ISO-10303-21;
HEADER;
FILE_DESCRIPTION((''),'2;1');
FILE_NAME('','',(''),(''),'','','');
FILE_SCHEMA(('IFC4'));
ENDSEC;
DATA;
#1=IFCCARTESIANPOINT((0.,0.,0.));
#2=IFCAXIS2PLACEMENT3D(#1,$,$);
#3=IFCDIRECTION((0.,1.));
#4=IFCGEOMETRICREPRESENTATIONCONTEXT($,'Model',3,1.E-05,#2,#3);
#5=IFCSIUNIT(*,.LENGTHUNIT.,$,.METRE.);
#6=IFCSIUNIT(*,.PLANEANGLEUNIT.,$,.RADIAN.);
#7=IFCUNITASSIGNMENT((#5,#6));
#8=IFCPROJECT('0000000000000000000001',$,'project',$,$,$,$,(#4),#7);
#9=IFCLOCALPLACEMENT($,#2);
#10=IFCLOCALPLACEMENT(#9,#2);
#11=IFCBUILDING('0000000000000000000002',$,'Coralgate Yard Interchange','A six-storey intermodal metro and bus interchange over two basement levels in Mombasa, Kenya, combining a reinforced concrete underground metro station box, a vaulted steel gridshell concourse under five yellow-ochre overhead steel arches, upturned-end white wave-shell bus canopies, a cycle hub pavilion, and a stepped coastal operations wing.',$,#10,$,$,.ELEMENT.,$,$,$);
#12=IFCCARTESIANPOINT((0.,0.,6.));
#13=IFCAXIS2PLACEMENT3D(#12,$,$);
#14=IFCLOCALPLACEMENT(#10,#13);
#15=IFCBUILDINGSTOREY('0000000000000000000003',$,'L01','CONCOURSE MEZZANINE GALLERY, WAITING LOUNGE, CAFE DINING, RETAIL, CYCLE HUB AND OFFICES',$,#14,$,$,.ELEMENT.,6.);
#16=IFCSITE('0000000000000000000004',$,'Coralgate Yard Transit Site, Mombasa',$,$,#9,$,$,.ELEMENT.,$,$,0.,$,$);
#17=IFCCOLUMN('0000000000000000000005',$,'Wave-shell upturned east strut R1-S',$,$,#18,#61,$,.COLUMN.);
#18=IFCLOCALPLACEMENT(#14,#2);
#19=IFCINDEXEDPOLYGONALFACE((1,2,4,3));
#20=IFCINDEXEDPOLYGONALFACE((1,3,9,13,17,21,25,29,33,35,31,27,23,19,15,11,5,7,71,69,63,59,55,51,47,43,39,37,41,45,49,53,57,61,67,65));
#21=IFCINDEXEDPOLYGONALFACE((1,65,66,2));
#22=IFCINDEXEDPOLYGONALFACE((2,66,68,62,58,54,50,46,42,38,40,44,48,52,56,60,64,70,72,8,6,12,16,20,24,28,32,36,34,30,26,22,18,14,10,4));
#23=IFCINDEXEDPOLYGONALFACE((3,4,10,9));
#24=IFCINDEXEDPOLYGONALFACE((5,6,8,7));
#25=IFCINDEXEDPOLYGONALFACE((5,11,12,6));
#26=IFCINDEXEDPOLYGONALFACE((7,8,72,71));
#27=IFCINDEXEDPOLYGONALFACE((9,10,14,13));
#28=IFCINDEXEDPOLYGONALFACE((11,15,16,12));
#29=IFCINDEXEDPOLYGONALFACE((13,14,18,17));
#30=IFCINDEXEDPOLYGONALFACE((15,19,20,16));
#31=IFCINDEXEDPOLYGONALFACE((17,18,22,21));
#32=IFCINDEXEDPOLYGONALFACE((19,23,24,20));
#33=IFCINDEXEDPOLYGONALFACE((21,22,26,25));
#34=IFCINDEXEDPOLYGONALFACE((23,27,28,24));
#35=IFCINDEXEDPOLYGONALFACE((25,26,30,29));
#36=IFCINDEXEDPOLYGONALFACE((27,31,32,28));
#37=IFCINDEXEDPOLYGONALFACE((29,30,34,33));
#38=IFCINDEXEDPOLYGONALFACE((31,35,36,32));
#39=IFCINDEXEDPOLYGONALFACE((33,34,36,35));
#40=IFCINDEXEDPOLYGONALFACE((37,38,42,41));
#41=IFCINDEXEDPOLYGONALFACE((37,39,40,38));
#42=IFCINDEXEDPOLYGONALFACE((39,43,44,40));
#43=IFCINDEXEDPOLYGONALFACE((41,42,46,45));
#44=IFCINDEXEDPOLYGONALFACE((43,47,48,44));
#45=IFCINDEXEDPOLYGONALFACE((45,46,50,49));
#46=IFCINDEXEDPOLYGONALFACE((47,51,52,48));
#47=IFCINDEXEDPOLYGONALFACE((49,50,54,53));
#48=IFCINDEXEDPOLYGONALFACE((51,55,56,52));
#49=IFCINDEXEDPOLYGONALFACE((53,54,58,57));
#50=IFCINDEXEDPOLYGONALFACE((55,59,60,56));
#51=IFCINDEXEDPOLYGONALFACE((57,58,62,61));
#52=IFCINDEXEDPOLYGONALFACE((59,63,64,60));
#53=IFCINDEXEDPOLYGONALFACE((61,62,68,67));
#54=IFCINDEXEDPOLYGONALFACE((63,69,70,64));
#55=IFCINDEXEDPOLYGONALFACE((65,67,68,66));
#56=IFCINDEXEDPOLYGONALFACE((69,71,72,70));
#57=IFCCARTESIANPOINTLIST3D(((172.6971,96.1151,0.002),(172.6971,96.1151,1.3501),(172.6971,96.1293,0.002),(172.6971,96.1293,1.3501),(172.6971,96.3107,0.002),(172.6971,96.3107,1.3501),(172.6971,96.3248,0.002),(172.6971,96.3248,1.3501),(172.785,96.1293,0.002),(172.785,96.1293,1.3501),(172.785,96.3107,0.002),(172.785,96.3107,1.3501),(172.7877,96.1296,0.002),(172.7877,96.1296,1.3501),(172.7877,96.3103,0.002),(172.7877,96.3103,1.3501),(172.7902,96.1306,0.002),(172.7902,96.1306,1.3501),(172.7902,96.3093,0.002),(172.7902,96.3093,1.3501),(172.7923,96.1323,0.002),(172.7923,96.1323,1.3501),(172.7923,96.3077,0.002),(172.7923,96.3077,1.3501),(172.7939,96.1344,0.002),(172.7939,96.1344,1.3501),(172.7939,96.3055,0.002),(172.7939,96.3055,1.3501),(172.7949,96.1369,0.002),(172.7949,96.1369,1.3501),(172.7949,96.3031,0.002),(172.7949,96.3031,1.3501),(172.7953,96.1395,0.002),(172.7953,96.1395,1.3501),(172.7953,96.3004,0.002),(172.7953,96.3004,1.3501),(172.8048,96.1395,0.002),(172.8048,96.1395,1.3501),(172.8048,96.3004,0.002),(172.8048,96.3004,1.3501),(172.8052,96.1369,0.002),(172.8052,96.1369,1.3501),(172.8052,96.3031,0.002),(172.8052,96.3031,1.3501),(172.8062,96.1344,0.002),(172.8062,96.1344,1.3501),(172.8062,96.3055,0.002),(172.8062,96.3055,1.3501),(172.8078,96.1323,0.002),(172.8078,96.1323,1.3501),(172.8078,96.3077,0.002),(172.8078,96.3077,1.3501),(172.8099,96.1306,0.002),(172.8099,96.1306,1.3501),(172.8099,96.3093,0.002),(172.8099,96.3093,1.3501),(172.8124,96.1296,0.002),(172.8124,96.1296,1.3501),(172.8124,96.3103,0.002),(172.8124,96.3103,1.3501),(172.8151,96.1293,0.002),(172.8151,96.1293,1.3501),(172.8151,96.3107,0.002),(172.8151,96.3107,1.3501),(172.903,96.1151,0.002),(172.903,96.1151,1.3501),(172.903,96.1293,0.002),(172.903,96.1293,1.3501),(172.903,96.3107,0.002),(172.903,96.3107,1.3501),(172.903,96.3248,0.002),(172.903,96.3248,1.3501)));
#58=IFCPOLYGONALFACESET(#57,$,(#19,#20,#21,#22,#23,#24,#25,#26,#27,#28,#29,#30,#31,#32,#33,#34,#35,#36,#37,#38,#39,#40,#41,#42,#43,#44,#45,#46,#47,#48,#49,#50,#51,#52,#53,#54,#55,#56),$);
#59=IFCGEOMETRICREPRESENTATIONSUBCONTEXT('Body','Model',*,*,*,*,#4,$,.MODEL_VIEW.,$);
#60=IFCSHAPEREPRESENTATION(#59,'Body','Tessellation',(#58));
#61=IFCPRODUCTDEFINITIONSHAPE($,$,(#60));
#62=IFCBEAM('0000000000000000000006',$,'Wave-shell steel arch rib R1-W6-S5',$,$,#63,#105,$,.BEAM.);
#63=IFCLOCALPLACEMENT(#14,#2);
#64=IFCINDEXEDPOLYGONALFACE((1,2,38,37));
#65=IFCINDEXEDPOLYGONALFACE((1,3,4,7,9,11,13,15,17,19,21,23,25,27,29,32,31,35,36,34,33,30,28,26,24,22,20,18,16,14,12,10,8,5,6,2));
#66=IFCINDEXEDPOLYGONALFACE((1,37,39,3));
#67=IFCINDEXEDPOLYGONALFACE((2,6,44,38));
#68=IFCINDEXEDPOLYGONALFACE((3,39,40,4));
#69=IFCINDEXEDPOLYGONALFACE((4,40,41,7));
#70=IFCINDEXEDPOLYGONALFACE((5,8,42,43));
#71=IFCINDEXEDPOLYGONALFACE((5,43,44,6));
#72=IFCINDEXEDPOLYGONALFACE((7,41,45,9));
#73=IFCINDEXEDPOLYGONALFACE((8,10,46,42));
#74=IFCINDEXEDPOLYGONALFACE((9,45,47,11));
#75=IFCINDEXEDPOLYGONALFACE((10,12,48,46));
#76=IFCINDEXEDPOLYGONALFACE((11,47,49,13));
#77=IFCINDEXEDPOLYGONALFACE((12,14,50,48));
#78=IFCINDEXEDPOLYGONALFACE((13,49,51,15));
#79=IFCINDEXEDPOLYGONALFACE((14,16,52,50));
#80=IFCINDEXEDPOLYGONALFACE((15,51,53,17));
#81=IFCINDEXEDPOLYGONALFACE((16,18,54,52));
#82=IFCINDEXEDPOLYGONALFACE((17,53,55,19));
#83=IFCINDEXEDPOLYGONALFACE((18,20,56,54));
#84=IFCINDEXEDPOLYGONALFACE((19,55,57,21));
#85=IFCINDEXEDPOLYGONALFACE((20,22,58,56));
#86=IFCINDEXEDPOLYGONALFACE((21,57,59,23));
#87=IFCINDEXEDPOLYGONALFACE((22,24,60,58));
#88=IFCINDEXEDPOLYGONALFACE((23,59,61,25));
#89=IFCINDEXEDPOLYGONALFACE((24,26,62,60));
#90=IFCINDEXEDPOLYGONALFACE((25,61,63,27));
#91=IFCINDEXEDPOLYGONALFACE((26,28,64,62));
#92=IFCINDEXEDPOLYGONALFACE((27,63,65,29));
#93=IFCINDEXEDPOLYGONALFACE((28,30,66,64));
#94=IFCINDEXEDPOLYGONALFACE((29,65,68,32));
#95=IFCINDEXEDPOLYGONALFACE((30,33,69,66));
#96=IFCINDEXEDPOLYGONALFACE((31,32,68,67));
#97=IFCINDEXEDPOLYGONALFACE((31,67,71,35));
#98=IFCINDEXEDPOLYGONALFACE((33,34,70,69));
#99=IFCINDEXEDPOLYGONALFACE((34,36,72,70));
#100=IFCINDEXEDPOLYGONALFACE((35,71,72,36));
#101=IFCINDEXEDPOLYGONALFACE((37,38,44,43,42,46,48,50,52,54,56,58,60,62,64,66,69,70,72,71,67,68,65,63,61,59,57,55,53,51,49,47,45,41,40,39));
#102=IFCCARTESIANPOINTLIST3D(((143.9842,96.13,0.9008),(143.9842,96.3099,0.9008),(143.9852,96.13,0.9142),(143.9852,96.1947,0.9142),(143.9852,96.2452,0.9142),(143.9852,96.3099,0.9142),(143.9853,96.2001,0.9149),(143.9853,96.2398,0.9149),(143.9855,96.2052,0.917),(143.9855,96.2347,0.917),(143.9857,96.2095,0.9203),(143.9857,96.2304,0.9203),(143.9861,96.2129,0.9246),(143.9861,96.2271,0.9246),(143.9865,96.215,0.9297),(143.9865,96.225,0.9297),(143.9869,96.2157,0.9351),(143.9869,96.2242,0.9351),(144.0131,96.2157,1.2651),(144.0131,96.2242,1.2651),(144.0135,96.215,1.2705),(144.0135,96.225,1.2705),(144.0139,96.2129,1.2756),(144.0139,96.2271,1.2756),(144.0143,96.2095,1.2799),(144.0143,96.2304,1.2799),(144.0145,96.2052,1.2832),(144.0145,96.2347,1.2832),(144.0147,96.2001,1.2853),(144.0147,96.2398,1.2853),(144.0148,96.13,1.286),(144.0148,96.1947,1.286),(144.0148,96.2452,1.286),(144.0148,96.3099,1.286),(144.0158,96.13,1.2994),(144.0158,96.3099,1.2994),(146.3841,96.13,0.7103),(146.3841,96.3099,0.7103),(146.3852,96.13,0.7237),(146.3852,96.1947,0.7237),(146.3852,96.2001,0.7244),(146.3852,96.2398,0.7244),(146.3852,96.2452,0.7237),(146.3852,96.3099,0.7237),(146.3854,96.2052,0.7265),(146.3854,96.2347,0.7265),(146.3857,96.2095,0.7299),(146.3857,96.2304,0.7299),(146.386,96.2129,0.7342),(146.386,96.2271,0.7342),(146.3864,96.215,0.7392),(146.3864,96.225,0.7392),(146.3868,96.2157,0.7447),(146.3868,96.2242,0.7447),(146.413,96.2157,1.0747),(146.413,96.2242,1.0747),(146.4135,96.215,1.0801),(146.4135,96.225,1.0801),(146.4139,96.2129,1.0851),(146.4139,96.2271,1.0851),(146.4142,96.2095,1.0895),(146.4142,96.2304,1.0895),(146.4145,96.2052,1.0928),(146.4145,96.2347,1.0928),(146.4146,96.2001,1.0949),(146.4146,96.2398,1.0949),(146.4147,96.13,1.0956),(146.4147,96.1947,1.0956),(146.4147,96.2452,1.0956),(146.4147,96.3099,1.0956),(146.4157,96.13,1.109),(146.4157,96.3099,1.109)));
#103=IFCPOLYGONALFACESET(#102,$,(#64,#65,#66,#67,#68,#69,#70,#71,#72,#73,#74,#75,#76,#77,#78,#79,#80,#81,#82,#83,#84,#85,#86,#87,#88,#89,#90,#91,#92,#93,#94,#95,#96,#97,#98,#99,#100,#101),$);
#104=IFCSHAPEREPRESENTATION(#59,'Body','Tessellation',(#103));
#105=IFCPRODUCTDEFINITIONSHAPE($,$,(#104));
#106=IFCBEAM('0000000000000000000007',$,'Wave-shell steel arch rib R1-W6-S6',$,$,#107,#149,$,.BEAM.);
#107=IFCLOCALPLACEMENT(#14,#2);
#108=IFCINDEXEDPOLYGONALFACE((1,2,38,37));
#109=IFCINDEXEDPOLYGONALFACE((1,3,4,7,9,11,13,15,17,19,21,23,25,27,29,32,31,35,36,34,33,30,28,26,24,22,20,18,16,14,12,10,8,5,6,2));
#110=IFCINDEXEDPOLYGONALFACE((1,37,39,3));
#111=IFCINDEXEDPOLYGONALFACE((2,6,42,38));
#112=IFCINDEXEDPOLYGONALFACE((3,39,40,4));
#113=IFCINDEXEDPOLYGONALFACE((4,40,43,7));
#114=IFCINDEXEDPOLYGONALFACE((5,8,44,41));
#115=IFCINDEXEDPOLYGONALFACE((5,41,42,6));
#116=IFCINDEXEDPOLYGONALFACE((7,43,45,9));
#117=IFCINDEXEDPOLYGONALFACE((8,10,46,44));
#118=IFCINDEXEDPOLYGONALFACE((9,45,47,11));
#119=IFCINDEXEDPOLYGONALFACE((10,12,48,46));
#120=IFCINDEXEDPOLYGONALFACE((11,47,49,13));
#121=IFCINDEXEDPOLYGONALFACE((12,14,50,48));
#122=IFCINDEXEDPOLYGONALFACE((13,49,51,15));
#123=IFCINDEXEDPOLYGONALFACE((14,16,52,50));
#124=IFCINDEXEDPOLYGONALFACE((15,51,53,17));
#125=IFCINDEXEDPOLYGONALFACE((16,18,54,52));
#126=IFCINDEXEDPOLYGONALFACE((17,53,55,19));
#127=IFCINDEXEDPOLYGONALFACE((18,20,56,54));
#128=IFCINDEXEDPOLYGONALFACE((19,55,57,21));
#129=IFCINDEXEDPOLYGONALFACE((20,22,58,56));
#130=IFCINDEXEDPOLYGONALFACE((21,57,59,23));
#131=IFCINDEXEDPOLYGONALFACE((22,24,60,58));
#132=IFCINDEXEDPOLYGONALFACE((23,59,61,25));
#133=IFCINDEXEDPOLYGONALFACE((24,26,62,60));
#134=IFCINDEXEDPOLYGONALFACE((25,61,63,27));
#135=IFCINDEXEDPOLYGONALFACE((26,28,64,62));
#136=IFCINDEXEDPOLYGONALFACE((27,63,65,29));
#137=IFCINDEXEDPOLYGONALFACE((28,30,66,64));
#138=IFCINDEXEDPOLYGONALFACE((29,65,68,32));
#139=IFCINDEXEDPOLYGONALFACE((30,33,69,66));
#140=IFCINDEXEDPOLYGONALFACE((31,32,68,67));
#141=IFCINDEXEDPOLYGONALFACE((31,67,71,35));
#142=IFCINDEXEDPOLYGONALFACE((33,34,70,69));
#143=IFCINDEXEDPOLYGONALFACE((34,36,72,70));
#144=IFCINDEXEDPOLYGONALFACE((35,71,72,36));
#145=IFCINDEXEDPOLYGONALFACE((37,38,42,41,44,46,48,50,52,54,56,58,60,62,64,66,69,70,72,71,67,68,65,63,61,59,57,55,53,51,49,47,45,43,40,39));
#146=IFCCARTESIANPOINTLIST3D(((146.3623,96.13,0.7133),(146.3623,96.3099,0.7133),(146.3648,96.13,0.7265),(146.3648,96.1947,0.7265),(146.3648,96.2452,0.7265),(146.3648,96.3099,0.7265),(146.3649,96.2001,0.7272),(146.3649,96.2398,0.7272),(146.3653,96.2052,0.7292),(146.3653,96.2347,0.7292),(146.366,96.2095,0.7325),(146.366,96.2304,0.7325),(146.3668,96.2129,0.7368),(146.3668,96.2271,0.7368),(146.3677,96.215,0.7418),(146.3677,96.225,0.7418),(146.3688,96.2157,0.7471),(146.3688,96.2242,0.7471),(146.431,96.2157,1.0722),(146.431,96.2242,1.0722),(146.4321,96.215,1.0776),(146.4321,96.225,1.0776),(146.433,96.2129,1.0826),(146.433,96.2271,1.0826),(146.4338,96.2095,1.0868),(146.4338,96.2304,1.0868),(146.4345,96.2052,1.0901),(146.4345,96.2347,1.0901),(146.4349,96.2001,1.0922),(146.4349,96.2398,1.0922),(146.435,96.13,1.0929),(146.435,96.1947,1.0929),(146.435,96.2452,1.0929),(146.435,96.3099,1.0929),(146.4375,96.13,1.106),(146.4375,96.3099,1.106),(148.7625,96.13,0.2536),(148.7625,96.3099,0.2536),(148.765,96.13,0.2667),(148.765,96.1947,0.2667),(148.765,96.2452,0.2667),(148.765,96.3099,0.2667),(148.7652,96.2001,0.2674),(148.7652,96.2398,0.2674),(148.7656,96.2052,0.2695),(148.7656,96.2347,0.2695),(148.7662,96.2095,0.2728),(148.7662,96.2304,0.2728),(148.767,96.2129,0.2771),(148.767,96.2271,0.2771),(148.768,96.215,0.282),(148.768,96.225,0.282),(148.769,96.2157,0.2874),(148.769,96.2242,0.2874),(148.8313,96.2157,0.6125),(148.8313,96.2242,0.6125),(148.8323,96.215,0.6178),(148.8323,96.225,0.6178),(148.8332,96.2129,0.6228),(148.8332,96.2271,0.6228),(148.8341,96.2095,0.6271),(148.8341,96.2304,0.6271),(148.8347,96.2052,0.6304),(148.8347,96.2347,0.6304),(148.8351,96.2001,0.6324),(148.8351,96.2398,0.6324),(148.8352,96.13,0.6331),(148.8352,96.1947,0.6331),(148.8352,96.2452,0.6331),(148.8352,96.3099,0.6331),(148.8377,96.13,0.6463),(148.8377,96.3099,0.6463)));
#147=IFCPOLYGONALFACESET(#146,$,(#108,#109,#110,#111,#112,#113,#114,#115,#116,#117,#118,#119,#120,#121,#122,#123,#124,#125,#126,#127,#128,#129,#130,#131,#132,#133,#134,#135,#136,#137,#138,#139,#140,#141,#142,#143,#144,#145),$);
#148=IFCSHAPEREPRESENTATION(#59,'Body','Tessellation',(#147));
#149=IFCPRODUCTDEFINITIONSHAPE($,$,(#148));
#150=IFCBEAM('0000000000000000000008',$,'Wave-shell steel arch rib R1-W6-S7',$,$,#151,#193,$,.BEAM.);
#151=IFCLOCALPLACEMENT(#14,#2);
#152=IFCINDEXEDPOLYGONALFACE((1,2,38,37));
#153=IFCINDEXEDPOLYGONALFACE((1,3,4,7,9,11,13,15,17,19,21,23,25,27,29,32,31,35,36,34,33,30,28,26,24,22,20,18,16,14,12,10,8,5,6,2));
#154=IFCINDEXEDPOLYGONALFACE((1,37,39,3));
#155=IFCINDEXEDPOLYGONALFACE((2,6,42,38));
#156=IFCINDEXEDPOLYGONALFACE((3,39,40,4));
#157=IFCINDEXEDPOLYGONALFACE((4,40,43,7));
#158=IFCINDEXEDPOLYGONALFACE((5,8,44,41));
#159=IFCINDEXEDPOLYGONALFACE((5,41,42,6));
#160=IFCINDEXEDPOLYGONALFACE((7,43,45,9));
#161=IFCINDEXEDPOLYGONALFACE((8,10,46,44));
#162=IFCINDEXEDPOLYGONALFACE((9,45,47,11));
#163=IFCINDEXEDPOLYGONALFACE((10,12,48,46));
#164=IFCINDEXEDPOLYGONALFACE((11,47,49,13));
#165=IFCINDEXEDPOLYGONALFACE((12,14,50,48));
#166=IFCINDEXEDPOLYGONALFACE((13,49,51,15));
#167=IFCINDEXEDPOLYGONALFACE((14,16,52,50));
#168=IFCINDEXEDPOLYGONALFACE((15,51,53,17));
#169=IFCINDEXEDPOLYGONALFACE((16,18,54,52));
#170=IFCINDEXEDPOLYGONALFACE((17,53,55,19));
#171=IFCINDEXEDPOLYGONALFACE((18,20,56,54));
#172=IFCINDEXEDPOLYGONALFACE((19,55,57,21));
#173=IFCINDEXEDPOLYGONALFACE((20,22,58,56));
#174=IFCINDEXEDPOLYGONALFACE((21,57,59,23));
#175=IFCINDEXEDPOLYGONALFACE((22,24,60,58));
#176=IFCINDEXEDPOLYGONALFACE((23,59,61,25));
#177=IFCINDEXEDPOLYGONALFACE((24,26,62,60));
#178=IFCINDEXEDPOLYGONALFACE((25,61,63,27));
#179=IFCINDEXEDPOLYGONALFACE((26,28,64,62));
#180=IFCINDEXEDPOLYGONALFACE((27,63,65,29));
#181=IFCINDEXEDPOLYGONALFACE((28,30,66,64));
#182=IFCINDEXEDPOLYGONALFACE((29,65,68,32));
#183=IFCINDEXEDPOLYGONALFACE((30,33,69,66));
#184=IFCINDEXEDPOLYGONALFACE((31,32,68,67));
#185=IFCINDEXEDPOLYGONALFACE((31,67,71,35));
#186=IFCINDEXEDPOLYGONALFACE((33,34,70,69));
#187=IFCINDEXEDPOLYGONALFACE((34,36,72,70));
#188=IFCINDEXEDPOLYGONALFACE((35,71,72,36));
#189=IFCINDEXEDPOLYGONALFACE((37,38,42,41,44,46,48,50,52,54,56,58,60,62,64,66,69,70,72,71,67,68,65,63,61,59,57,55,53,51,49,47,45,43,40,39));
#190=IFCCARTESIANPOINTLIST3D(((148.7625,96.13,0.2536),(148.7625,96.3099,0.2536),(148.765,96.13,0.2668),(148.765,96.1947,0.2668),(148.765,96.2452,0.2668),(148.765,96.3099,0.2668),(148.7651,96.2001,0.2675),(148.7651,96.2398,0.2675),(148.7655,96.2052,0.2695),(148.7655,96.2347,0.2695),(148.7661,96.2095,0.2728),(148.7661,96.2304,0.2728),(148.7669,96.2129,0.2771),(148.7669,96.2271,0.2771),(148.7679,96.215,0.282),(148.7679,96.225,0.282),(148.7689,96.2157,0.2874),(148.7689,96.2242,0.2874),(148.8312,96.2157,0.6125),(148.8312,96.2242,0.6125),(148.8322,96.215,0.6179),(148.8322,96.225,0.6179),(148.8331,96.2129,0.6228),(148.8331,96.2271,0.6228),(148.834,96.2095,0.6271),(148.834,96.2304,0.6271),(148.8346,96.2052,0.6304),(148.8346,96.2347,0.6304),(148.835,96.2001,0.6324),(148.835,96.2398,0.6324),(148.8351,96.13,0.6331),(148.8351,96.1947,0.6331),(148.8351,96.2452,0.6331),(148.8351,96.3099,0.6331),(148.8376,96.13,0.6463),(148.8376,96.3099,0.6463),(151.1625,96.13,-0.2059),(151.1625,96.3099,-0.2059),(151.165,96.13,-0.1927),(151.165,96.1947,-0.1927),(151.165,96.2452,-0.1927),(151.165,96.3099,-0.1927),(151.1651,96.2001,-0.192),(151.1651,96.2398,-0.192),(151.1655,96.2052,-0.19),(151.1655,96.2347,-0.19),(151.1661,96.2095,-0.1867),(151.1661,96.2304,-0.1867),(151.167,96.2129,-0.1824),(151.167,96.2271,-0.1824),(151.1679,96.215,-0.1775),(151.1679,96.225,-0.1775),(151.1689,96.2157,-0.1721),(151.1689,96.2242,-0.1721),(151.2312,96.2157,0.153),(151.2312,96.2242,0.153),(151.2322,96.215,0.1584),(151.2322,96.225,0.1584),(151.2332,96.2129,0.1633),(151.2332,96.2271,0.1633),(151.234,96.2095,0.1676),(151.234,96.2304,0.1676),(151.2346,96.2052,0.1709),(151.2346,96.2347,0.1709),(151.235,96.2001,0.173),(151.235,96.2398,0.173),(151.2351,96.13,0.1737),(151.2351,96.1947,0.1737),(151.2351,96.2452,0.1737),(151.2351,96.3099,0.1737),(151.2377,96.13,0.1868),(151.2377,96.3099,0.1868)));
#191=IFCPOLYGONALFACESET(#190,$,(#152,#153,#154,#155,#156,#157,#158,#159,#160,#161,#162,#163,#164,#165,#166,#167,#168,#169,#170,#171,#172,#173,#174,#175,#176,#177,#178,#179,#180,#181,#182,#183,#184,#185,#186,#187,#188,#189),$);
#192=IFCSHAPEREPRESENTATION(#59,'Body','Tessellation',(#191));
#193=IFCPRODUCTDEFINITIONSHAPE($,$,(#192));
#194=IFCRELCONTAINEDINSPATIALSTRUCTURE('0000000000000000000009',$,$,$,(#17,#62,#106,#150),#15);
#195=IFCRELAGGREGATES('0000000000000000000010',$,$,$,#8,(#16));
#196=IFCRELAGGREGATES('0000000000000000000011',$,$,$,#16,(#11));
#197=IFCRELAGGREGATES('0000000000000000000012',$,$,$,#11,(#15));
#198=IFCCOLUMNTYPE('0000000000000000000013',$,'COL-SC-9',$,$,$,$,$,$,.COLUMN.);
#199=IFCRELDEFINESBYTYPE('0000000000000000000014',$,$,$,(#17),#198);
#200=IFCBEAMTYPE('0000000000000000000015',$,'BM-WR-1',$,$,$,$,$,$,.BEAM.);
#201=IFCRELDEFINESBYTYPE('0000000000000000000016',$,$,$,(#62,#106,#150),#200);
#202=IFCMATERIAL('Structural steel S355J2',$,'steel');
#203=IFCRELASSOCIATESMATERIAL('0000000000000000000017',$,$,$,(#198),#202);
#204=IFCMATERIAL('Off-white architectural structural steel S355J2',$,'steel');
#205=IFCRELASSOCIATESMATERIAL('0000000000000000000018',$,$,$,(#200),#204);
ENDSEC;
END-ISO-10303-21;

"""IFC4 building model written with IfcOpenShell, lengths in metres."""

from ifc_helpers import new_model, si_unit, direction, frame, origin, origin_2d, place, context, subcontext, project, spatial, i_section, extrude, material, material_profile, profile_set, type_object, element, save


model = new_model("IFC4")

# Units and contexts
model_context = context("Model", 3, precision=1e-05, world=origin(), true_north=direction((0.0, 1.0)))
body_context = subcontext(model_context, "Body", "Model", "MODEL_VIEW")
ifc_project = project(units=[si_unit("LENGTHUNIT", "METRE"), si_unit("PLANEANGLEUNIT", "RADIAN")], contexts=[model_context])

# Site, building, storey
site_placement = place(None, origin())
site = spatial("IfcSite", under=ifc_project, at=site_placement, Name="Coralgate Yard Transit Site, Mombasa", CompositionType="ELEMENT", RefElevation=0.0)
building_placement = place(site_placement, origin())
building = spatial("IfcBuilding", under=site, at=building_placement, Name="Coralgate Yard Interchange", Description="A six-storey intermodal metro and bus interchange over two basement levels in Mombasa, Kenya, combining a reinforced concrete underground metro station box, a vaulted steel gridshell concourse under five yellow-ochre overhead steel arches, upturned-end white wave-shell bus canopies, a cycle hub pavilion, and a stepped coastal operations wing.", CompositionType="ELEMENT")
storey_placement = place(building_placement, frame((0.0, 0.0, 6.0)))
storey = spatial("IfcBuildingStorey", under=building, at=storey_placement, Name="L01", Description="CONCOURSE MEZZANINE GALLERY, WAITING LOUNGE, CAFE DINING, RETAIL, CYCLE HUB AND OFFICES", CompositionType="ELEMENT", Elevation=6.0)

# Column
ifc_material_1 = material(Name="Structural steel S355J2", Category="steel")
ifc_material_profile_1 = material_profile(ifc_material_1, i_section(OverallWidth=0.2058, OverallDepth=0.2097, WebThickness=0.0095, FlangeThickness=0.0142, FilletRadius=0.0103, at=origin_2d()), Name="UC 203x203x60")
ifc_profile_set_1 = profile_set([ifc_material_profile_1], Name="Structural steel S355J2")
column_type = type_object("IfcColumnType", Name="COL-SC-9", PredefinedType="COLUMN", material=ifc_profile_set_1)
column_placement = place(storey_placement, frame((172.8, 96.22, 0.002), z_axis=(0.0, 0.0, 1.0), x_axis=(1.0, 0.0, 0.0)))
element("IfcColumn", 1, at=column_placement, inside=storey, type_object=column_type, Name="Wave-shell upturned east strut R1-S", PredefinedType="COLUMN", context=body_context, shape_type="SweptSolid", body=[
    extrude(i_section(OverallWidth=0.2058, OverallDepth=0.2097, WebThickness=0.0095, FlangeThickness=0.0142, FilletRadius=0.0103, at=origin_2d()), origin(), (0.0, 0.0, 1.0), 1.3481),
])

# Beams
ifc_material_2 = material(Name="Off-white architectural structural steel S355J2", Category="steel")
ifc_material_profile_2 = material_profile(ifc_material_2, i_section(OverallWidth=0.1799, OverallDepth=0.3999, WebThickness=0.0085, FlangeThickness=0.0134, FilletRadius=0.021, at=origin_2d()), Name="IPE 400")
ifc_profile_set_2 = profile_set([ifc_material_profile_2], Name="Off-white architectural structural steel S355J2")
beam_type_1 = type_object("IfcBeamType", Name="BM-WR-1", PredefinedType="BEAM", material=ifc_profile_set_2)
beam_1_placement = place(storey_placement, frame((144.0, 96.22, 1.1001), z_axis=(0.996867, 0.0, -0.0791), x_axis=(0.0, 1.0, 0.0)))
element("IfcBeam", 2, at=beam_1_placement, inside=storey, type_object=beam_type_1, Name="Wave-shell steel arch rib R1-W6-S5", PredefinedType="BEAM", context=body_context, shape_type="SweptSolid", body=[
    extrude(i_section(OverallWidth=0.1799, OverallDepth=0.3999, WebThickness=0.0085, FlangeThickness=0.0134, FilletRadius=0.021, at=origin_2d()), origin(), (0.0, 0.0, 1.0), 2.4075),
])
beam_2_placement = place(storey_placement, frame((146.3999, 96.22, 0.9097), z_axis=(0.982147, 0.0, -0.188117), x_axis=(0.0, 1.0, 0.0)))
element("IfcBeam", 3, at=beam_2_placement, inside=storey, type_object=beam_type_1, Name="Wave-shell steel arch rib R1-W6-S6", PredefinedType="BEAM", context=body_context, shape_type="SweptSolid", body=[
    extrude(i_section(OverallWidth=0.1799, OverallDepth=0.3999, WebThickness=0.0085, FlangeThickness=0.0134, FilletRadius=0.021, at=origin_2d()), origin(), (0.0, 0.0, 1.0), 2.4438),
])
beam_3_placement = place(storey_placement, frame((148.8, 96.22, 0.45), z_axis=(0.982161, 0.0, -0.188039), x_axis=(0.0, 1.0, 0.0)))
element("IfcBeam", 4, at=beam_3_placement, inside=storey, type_object=beam_type_1, Name="Wave-shell steel arch rib R1-W6-S7", PredefinedType="BEAM", context=body_context, shape_type="SweptSolid", body=[
    extrude(i_section(OverallWidth=0.1799, OverallDepth=0.3999, WebThickness=0.0085, FlangeThickness=0.0134, FilletRadius=0.021, at=origin_2d()), origin(), (0.0, 0.0, 1.0), 2.4436),
])

save(model, "model.ifc")
